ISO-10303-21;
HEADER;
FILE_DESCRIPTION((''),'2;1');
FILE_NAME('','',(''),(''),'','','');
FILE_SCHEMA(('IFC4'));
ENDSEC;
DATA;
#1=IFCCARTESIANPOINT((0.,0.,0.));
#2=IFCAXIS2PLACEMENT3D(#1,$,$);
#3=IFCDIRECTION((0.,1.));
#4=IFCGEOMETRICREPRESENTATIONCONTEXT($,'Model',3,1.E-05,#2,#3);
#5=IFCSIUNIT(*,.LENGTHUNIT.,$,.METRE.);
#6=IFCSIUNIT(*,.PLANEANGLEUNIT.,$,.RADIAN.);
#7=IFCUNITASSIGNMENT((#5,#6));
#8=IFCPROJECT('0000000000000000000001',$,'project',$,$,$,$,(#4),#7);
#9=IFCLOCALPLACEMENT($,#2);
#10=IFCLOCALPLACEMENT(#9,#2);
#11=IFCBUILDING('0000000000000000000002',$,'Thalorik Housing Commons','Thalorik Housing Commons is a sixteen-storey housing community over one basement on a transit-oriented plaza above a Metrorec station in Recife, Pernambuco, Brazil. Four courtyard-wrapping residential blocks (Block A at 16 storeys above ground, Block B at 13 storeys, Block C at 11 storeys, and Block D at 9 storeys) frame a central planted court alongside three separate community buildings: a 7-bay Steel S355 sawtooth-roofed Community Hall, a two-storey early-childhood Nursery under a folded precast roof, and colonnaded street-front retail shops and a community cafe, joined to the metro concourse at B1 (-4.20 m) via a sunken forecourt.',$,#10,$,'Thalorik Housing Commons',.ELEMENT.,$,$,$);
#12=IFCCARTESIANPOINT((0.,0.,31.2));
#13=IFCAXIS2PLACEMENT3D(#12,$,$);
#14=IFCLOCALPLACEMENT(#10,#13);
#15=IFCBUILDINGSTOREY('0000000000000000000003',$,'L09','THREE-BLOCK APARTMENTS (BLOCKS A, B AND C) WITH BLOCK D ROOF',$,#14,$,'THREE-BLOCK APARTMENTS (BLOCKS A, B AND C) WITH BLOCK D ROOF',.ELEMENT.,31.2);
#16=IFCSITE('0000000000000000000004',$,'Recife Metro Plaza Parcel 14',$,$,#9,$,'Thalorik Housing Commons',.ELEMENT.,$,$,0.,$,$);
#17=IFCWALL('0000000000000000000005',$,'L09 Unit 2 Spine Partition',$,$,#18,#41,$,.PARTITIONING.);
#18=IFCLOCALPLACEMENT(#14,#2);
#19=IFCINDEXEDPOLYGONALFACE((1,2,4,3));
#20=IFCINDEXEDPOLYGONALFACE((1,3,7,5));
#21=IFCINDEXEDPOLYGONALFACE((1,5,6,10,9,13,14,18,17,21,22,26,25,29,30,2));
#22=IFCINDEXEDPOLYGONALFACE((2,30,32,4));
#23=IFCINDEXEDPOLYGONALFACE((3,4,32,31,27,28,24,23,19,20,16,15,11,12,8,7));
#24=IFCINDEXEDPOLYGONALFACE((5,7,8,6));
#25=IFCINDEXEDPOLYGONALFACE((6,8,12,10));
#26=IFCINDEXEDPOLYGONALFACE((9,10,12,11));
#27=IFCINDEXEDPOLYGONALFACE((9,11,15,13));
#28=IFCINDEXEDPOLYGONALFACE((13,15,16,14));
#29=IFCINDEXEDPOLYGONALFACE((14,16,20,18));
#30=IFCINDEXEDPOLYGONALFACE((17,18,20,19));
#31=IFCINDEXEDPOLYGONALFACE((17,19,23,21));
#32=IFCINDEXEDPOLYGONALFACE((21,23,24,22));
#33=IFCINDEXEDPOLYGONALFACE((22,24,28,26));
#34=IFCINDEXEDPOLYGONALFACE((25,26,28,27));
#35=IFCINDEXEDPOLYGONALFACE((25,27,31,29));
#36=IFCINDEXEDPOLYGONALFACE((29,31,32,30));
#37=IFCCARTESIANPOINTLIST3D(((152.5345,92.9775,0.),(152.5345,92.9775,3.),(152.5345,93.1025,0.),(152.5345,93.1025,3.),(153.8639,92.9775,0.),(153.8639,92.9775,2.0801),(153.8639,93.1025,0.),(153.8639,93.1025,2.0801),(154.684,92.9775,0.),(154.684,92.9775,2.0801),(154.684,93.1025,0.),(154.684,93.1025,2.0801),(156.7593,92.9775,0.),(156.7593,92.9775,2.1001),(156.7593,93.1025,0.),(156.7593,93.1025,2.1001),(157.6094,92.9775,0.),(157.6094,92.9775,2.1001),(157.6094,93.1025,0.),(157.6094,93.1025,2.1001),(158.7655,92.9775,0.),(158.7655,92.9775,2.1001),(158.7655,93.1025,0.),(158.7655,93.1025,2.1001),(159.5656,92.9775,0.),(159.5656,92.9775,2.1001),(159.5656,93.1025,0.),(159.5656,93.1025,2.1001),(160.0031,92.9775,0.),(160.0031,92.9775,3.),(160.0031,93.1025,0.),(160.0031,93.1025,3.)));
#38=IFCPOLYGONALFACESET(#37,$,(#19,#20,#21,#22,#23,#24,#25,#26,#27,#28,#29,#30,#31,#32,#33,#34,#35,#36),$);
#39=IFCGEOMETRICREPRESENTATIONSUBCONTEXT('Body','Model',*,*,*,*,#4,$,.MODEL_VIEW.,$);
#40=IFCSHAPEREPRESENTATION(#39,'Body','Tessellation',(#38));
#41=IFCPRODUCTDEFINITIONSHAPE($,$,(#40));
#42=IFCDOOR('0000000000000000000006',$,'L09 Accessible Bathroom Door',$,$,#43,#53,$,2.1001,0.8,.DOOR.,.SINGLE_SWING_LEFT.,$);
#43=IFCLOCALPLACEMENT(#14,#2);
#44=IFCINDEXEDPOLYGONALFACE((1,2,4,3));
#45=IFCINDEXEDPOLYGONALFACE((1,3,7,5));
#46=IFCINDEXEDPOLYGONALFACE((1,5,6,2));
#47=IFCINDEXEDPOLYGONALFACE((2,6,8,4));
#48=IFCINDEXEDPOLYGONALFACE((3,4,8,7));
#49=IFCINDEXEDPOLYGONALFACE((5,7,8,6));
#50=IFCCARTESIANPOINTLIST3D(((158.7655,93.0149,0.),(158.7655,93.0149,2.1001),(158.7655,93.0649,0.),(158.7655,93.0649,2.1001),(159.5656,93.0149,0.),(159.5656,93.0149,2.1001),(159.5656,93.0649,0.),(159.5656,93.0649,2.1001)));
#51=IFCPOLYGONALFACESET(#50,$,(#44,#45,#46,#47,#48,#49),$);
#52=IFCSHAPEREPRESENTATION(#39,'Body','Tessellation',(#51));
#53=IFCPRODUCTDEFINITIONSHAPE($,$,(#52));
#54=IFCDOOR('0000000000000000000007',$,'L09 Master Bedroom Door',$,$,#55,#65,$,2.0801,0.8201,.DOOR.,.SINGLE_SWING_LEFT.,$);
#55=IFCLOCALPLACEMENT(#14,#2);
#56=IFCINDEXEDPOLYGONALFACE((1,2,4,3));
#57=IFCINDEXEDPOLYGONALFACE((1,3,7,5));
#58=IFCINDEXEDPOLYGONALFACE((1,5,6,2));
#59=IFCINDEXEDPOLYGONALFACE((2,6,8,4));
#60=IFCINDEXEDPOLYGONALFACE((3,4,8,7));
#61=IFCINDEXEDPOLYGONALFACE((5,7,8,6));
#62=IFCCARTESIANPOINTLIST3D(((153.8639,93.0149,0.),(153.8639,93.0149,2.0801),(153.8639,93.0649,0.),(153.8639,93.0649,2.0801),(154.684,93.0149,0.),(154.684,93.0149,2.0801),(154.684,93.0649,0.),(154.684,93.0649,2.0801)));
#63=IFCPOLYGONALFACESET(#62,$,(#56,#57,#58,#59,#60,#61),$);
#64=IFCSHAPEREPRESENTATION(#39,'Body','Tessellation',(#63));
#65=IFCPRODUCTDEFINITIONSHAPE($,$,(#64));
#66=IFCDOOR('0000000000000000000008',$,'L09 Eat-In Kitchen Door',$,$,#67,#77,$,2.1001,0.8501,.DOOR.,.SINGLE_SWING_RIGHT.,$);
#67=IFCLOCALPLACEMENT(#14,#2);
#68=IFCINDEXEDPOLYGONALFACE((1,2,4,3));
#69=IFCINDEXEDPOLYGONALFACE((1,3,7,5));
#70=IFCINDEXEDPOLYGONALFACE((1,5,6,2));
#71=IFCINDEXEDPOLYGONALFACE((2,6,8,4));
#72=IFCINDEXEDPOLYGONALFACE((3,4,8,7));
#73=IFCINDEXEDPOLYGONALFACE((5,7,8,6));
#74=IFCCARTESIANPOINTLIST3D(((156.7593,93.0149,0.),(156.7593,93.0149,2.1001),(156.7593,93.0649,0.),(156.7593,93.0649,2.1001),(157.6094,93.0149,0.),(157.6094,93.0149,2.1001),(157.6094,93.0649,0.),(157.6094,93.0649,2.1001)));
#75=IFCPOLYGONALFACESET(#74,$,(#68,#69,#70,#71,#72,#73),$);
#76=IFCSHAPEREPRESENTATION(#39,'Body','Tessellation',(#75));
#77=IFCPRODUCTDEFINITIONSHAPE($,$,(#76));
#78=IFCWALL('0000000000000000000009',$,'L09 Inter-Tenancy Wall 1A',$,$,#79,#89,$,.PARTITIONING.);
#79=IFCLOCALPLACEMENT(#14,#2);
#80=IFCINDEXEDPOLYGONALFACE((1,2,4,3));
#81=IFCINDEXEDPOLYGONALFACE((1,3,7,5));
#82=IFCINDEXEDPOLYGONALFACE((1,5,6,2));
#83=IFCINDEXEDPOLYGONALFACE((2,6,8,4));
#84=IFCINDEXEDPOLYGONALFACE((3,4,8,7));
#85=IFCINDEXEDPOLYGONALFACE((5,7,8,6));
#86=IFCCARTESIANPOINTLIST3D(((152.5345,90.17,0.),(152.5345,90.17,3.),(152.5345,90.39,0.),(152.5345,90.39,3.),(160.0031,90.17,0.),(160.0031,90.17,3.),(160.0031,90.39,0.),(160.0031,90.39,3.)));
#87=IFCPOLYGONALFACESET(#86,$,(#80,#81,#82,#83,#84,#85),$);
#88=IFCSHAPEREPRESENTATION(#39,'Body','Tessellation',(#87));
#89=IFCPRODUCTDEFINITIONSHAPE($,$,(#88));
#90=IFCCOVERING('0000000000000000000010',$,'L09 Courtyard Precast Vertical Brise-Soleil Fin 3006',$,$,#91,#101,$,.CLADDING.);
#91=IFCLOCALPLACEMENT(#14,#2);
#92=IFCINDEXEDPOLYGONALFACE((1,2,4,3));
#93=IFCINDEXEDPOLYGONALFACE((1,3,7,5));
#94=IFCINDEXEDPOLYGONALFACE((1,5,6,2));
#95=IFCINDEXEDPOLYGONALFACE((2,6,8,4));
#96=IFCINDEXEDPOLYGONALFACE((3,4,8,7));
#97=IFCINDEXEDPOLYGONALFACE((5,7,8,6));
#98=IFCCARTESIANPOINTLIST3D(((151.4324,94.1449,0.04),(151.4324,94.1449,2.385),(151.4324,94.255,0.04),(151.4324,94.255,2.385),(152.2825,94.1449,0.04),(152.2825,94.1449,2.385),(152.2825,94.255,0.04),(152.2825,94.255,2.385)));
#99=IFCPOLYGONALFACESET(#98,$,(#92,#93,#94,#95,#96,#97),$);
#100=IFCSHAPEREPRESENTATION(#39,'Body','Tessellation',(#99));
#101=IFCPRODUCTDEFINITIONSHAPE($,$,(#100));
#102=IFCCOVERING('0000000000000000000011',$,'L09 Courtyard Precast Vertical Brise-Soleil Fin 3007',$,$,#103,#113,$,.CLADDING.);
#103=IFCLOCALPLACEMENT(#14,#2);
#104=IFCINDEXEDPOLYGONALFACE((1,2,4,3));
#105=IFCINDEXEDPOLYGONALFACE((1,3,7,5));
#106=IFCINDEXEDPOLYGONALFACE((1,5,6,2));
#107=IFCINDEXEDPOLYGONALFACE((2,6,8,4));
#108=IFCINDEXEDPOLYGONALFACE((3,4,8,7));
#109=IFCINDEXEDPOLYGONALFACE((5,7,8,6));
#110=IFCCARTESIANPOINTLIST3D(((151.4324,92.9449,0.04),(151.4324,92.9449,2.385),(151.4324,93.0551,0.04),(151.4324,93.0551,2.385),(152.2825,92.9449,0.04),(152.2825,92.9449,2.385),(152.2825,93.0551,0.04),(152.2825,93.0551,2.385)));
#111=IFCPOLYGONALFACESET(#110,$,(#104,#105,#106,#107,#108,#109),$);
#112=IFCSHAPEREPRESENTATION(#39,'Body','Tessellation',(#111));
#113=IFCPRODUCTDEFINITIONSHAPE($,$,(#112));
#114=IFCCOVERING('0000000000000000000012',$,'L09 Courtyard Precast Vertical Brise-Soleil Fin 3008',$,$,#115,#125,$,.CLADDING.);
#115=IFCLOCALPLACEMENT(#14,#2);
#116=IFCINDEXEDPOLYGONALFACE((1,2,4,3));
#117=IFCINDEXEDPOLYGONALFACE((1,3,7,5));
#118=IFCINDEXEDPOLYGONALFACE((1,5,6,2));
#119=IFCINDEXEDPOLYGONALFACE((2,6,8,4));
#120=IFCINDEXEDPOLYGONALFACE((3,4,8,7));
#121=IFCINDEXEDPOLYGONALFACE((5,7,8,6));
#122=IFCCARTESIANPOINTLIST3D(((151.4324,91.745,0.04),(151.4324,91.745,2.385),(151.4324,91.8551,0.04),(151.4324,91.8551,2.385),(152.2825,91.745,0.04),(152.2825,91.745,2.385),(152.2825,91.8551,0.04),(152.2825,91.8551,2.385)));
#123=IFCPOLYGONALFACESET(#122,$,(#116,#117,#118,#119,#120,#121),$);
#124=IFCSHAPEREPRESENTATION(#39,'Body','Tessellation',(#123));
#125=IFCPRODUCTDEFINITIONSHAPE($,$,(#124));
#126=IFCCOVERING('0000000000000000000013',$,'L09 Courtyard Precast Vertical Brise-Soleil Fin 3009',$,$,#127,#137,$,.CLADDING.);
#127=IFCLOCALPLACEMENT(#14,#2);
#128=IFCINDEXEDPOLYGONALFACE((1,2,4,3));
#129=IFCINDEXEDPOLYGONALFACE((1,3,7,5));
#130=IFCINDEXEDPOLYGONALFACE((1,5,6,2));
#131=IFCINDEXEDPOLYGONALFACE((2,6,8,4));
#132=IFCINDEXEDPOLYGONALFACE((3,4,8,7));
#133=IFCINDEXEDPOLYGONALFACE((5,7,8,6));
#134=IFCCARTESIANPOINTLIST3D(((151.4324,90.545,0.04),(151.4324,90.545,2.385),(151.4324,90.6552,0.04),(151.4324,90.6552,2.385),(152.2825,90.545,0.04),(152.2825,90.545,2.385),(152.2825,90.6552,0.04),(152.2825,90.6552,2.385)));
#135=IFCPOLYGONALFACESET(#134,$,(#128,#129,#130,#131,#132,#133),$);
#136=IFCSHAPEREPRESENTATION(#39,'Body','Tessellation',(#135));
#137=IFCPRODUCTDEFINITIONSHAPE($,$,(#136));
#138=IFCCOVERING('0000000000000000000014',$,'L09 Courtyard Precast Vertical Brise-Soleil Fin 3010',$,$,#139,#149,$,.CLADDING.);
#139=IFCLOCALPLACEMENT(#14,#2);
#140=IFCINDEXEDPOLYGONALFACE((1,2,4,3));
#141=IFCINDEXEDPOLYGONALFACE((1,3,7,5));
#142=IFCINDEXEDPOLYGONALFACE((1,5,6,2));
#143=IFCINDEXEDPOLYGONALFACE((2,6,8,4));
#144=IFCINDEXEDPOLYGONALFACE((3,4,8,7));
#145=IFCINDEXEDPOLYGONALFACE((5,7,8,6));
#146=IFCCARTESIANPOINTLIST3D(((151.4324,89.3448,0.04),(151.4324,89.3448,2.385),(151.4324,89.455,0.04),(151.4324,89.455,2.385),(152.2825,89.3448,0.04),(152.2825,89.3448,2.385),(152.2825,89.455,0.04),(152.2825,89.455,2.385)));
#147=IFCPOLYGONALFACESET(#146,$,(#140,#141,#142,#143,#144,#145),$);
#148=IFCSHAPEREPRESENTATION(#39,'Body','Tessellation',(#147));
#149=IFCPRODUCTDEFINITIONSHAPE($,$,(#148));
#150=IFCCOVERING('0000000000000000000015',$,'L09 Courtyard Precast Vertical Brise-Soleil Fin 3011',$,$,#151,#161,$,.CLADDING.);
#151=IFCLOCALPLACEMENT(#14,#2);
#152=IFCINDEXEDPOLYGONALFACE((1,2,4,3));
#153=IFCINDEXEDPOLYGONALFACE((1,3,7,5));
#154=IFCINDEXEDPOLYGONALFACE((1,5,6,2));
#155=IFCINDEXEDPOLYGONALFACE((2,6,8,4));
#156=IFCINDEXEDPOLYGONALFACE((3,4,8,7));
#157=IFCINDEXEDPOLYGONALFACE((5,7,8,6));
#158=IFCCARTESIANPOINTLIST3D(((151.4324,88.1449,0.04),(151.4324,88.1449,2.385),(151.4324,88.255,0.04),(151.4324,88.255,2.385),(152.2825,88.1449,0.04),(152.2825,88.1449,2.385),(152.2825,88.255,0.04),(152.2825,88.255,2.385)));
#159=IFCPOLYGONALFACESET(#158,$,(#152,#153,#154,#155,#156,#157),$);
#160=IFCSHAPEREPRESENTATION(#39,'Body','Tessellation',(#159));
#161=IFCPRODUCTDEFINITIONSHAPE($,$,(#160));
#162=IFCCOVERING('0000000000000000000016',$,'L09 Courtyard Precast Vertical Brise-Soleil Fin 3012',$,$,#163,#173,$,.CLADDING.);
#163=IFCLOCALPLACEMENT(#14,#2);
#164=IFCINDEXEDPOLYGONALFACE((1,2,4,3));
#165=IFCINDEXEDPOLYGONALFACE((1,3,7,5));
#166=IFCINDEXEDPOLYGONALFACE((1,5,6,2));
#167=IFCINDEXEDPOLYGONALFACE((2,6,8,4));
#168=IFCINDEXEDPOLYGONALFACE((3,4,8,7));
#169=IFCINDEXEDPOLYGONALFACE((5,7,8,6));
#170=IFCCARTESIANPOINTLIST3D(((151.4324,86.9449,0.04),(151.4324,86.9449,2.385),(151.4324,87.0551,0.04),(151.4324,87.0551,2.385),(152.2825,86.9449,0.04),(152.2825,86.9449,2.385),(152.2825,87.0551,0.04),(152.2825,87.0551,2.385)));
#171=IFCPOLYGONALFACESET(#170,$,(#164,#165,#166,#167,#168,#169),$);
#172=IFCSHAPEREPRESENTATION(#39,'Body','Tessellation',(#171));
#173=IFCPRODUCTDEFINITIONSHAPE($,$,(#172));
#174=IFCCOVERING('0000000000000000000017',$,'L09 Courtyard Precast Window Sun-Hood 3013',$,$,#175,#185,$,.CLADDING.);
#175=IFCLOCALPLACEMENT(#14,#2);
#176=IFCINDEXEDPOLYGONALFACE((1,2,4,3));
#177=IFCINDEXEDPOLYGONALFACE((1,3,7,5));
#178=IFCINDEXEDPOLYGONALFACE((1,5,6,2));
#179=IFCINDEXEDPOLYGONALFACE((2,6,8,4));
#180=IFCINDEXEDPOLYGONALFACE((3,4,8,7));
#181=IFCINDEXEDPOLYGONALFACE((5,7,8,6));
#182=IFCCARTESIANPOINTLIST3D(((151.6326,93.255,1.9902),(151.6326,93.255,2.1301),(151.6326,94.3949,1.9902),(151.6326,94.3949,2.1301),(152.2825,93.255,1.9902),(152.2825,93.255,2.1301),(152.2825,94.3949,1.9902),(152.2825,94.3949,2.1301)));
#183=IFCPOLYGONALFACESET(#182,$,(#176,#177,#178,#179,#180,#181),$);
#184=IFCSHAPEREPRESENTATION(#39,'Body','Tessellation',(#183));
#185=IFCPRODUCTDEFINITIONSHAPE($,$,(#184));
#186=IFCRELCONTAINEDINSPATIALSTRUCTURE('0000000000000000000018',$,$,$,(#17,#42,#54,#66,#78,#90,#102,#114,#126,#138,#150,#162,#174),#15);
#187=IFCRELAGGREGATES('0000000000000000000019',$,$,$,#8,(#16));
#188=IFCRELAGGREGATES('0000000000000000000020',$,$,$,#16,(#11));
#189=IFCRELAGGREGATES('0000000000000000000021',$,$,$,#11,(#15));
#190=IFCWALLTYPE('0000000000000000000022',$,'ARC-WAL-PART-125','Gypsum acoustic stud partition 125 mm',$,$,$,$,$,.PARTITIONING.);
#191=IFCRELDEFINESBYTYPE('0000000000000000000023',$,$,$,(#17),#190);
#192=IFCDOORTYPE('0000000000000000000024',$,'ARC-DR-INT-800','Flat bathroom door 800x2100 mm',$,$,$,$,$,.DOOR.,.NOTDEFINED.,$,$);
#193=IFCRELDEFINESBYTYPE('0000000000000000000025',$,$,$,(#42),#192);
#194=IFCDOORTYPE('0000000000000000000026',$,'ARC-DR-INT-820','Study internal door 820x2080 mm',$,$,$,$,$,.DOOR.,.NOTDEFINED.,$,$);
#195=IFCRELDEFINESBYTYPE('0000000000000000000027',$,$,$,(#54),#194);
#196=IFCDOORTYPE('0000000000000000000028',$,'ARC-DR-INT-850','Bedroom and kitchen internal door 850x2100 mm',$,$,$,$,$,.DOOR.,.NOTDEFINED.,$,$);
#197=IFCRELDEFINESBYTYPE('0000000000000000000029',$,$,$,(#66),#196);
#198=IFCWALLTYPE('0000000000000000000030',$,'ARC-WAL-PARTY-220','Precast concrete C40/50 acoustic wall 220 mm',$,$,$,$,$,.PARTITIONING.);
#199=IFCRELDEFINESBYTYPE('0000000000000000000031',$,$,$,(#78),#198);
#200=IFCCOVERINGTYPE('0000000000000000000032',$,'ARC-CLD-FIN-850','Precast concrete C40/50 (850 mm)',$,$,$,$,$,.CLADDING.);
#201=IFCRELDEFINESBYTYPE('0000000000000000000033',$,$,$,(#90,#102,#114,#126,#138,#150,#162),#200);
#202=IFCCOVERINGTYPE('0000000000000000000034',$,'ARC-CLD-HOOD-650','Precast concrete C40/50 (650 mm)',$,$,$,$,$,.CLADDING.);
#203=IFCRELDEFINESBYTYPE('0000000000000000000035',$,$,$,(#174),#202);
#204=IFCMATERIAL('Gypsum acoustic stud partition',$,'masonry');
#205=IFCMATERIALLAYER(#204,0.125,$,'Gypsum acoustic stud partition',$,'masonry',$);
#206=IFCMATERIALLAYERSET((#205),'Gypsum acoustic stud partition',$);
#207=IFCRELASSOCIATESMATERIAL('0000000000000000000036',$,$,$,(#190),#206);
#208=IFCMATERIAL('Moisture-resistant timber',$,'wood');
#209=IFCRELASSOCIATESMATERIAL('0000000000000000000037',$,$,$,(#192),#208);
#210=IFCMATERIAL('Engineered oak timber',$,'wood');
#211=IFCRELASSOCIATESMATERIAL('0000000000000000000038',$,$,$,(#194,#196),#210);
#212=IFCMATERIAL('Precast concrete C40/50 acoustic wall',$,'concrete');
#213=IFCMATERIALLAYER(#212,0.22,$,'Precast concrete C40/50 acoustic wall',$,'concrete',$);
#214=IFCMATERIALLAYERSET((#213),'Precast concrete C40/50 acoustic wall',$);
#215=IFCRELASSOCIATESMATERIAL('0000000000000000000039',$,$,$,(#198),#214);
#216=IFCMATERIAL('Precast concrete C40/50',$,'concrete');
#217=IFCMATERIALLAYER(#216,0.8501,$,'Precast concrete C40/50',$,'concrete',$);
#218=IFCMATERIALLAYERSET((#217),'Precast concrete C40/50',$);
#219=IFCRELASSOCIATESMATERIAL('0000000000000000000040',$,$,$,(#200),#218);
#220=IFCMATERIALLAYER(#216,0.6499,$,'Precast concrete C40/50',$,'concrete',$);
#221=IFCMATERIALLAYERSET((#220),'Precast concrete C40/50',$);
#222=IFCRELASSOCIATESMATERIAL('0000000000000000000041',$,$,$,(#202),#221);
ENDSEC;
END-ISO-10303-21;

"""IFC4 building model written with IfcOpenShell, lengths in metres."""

from ifc_helpers import new_model, si_unit, direction, frame, frame_2d, origin, origin_2d, place, context, subcontext, project, spatial, rectangle, extrude, material, layer, layer_set, type_object, element, fill, save


model = new_model("IFC4")

# Units and contexts
model_context = context("Model", 3, precision=1e-05, world=origin(), true_north=direction((0.0, 1.0)))
body_context = subcontext(model_context, "Body", "Model", "MODEL_VIEW")
ifc_project = project(units=[si_unit("LENGTHUNIT", "METRE"), si_unit("PLANEANGLEUNIT", "RADIAN")], contexts=[model_context])

# Site, building, storey
site_placement = place(None, origin())
site = spatial("IfcSite", under=ifc_project, at=site_placement, Name="Recife Metro Plaza Parcel 14", LongName="Thalorik Housing Commons", CompositionType="ELEMENT", RefElevation=0.0)
building_placement = place(site_placement, origin())
building = spatial("IfcBuilding", under=site, at=building_placement, Name="Thalorik Housing Commons", Description="Thalorik Housing Commons is a sixteen-storey housing community over one basement on a transit-oriented plaza above a Metrorec station in Recife, Pernambuco, Brazil. Four courtyard-wrapping residential blocks (Block A at 16 storeys above ground, Block B at 13 storeys, Block C at 11 storeys, and Block D at 9 storeys) frame a central planted court alongside three separate community buildings: a 7-bay Steel S355 sawtooth-roofed Community Hall, a two-storey early-childhood Nursery under a folded precast roof, and colonnaded street-front retail shops and a community cafe, joined to the metro concourse at B1 (-4.20 m) via a sunken forecourt.", LongName="Thalorik Housing Commons", CompositionType="ELEMENT")
storey_placement = place(building_placement, frame((0.0, 0.0, 31.2)))
storey = spatial("IfcBuildingStorey", under=building, at=storey_placement, Name="L09", Description="THREE-BLOCK APARTMENTS (BLOCKS A, B AND C) WITH BLOCK D ROOF", LongName="THREE-BLOCK APARTMENTS (BLOCKS A, B AND C) WITH BLOCK D ROOF", CompositionType="ELEMENT", Elevation=31.2)

# Shared definitions
ifc_material_1 = material(Name="Precast concrete C40/50", Category="concrete")

# Wall, openings, doors
ifc_material_2 = material(Name="Gypsum acoustic stud partition", Category="masonry")
ifc_layer_1 = layer(ifc_material_2, 0.125, Name="Gypsum acoustic stud partition", Category="masonry")
ifc_layer_set_1 = layer_set([ifc_layer_1], Name="Gypsum acoustic stud partition")
wall_type_1 = type_object("IfcWallType", Name="ARC-WAL-PART-125", Description="Gypsum acoustic stud partition 125 mm", PredefinedType="PARTITIONING", material=ifc_layer_set_1)
wall_1_placement = place(storey_placement, frame((152.5344, 93.04, 0.0), z_axis=(0.0, 0.0, 1.0), x_axis=(1.0, 0.0, 0.0)))
wall_1 = element("IfcWall", 1, at=wall_1_placement, inside=storey, type_object=wall_type_1, Name="L09 Unit 2 Spine Partition", PredefinedType="PARTITIONING", context=body_context, shape_type="SweptSolid", body=[
    extrude(rectangle(XDim=7.4685, YDim=0.125, at=frame_2d((3.7344, 0.0))), origin(), (0.0, 0.0, 1.0), 3.0),
])
opening_1_placement = place(wall_1_placement, frame((1.3293, 0.0, 0.0)))
opening_1 = element("IfcOpeningElement", 2, at=opening_1_placement, cuts=wall_1, PredefinedType="OPENING", context=body_context, shape_type="SweptSolid", body=[
    extrude(rectangle(XDim=0.8201, YDim=2.0801, at=frame_2d((0.4102, 1.04))), frame((0.0, 0.0725, 0.0), z_axis=(0.0, -1.0, 0.0), x_axis=(1.0, 0.0, 0.0)), (0.0, 0.0, 1.0), 0.145),
])
opening_2_placement = place(wall_1_placement, frame((4.2249, 0.0, 0.0)))
opening_2 = element("IfcOpeningElement", 3, at=opening_2_placement, cuts=wall_1, PredefinedType="OPENING", context=body_context, shape_type="SweptSolid", body=[
    extrude(rectangle(XDim=0.8501, YDim=2.1001, at=frame_2d((0.425, 1.05))), frame((0.0, 0.0725, 0.0), z_axis=(0.0, -1.0, 0.0), x_axis=(1.0, 0.0, 0.0)), (0.0, 0.0, 1.0), 0.145),
])
opening_3_placement = place(wall_1_placement, frame((6.2312, 0.0, 0.0)))
opening_3 = element("IfcOpeningElement", 4, at=opening_3_placement, cuts=wall_1, PredefinedType="OPENING", context=body_context, shape_type="SweptSolid", body=[
    extrude(rectangle(XDim=0.8, YDim=2.1001, at=frame_2d((0.3999, 1.05))), frame((0.0, 0.0725, 0.0), z_axis=(0.0, -1.0, 0.0), x_axis=(1.0, 0.0, 0.0)), (0.0, 0.0, 1.0), 0.145),
])
ifc_material_3 = material(Name="Moisture-resistant timber", Category="wood")
door_type_1 = type_object("IfcDoorType", Name="ARC-DR-INT-800", Description="Flat bathroom door 800x2100 mm", OperationType="NOTDEFINED", PredefinedType="DOOR", material=ifc_material_3)
door_1_placement = place(opening_3_placement, origin())
door_1 = element("IfcDoor", 5, at=door_1_placement, inside=storey, type_object=door_type_1, Name="L09 Accessible Bathroom Door", OperationType="SINGLE_SWING_LEFT", OverallHeight=2.1001, OverallWidth=0.8, PredefinedType="DOOR", context=body_context, shape_type="SweptSolid", body=[
    extrude(rectangle(XDim=0.8, YDim=2.1001, at=frame_2d((0.3999, 1.05))), frame((0.0, 0.0249, 0.0), z_axis=(0.0, -1.0, 0.0), x_axis=(1.0, 0.0, 0.0)), (0.0, 0.0, 1.0), 0.05),
])
fill(opening_3, door_1)
ifc_material_4 = material(Name="Engineered oak timber", Category="wood")
door_type_2 = type_object("IfcDoorType", Name="ARC-DR-INT-820", Description="Study internal door 820x2080 mm", OperationType="NOTDEFINED", PredefinedType="DOOR", material=ifc_material_4)
door_2_placement = place(opening_1_placement, origin())
door_2 = element("IfcDoor", 6, at=door_2_placement, inside=storey, type_object=door_type_2, Name="L09 Master Bedroom Door", OperationType="SINGLE_SWING_LEFT", OverallHeight=2.0801, OverallWidth=0.8201, PredefinedType="DOOR", context=body_context, shape_type="SweptSolid", body=[
    extrude(rectangle(XDim=0.8201, YDim=2.0801, at=frame_2d((0.4102, 1.04))), frame((0.0, 0.0249, 0.0), z_axis=(0.0, -1.0, 0.0), x_axis=(1.0, 0.0, 0.0)), (0.0, 0.0, 1.0), 0.05),
])
fill(opening_1, door_2)
door_type_3 = type_object("IfcDoorType", Name="ARC-DR-INT-850", Description="Bedroom and kitchen internal door 850x2100 mm", OperationType="NOTDEFINED", PredefinedType="DOOR", material=ifc_material_4)
door_3_placement = place(opening_2_placement, origin())
door_3 = element("IfcDoor", 7, at=door_3_placement, inside=storey, type_object=door_type_3, Name="L09 Eat-In Kitchen Door", OperationType="SINGLE_SWING_RIGHT", OverallHeight=2.1001, OverallWidth=0.8501, PredefinedType="DOOR", context=body_context, shape_type="SweptSolid", body=[
    extrude(rectangle(XDim=0.8501, YDim=2.1001, at=frame_2d((0.425, 1.05))), frame((0.0, 0.0249, 0.0), z_axis=(0.0, -1.0, 0.0), x_axis=(1.0, 0.0, 0.0)), (0.0, 0.0, 1.0), 0.05),
])
fill(opening_2, door_3)

# Wall
ifc_material_5 = material(Name="Precast concrete C40/50 acoustic wall", Category="concrete")
ifc_layer_2 = layer(ifc_material_5, 0.22, Name="Precast concrete C40/50 acoustic wall", Category="concrete")
ifc_layer_set_2 = layer_set([ifc_layer_2], Name="Precast concrete C40/50 acoustic wall")
wall_type_2 = type_object("IfcWallType", Name="ARC-WAL-PARTY-220", Description="Precast concrete C40/50 acoustic wall 220 mm", PredefinedType="PARTITIONING", material=ifc_layer_set_2)
wall_2_placement = place(storey_placement, frame((152.5344, 90.28, 0.0), z_axis=(0.0, 0.0, 1.0), x_axis=(1.0, 0.0, 0.0)))
element("IfcWall", 8, at=wall_2_placement, inside=storey, type_object=wall_type_2, Name="L09 Inter-Tenancy Wall 1A", PredefinedType="PARTITIONING", context=body_context, shape_type="SweptSolid", body=[
    extrude(rectangle(XDim=7.4685, YDim=0.22, at=frame_2d((3.7344, 0.0))), origin(), (0.0, 0.0, 1.0), 3.0),
])

# Coverings
ifc_layer_3 = layer(ifc_material_1, 0.8501, Name="Precast concrete C40/50", Category="concrete")
ifc_layer_set_3 = layer_set([ifc_layer_3], Name="Precast concrete C40/50")
covering_type_1 = type_object("IfcCoveringType", Name="ARC-CLD-FIN-850", Description="Precast concrete C40/50 (850 mm)", PredefinedType="CLADDING", material=ifc_layer_set_3)
for number, where, z_axis, x_axis, name in (
    (9, (151.8574, 94.2, 0.04), (0.0, 0.0, 1.0), (0.0, -1.0, 0.0), "L09 Courtyard Precast Vertical Brise-Soleil Fin 3006"),
    (10, (151.8574, 93.0, 0.04), (0.0, 0.0, 1.0), (0.0, -1.0, 0.0), "L09 Courtyard Precast Vertical Brise-Soleil Fin 3007"),
    (11, (151.8574, 91.8, 0.04), (0.0, 0.0, 1.0), (0.0, -1.0, 0.0), "L09 Courtyard Precast Vertical Brise-Soleil Fin 3008"),
    (12, (151.8574, 90.6001, 0.04), (0.0, 0.0, 1.0), (0.0, -1.0, 0.0), "L09 Courtyard Precast Vertical Brise-Soleil Fin 3009"),
    (13, (151.8574, 89.3999, 0.04), (0.0, 0.0, 1.0), (0.0, -1.0, 0.0), "L09 Courtyard Precast Vertical Brise-Soleil Fin 3010"),
    (14, (151.8574, 88.2, 0.04), (0.0, 0.0, 1.0), (0.0, -1.0, 0.0), "L09 Courtyard Precast Vertical Brise-Soleil Fin 3011"),
    (15, (151.8574, 87.0, 0.04), (0.0, 0.0, 1.0), (0.0, -1.0, 0.0), "L09 Courtyard Precast Vertical Brise-Soleil Fin 3012"),
):
    element("IfcCovering", number, at=place(storey_placement, frame(where, z_axis=z_axis, x_axis=x_axis)), inside=storey, type_object=covering_type_1, Name=name, PredefinedType="CLADDING", context=body_context, shape_type="SweptSolid", body=[
        extrude(rectangle(XDim=0.1101, YDim=0.8501, at=origin_2d()), origin(), (0.0, 0.0, 1.0), 2.345),
    ])
ifc_layer_4 = layer(ifc_material_1, 0.6499, Name="Precast concrete C40/50", Category="concrete")
ifc_layer_set_4 = layer_set([ifc_layer_4], Name="Precast concrete C40/50")
covering_type_2 = type_object("IfcCoveringType", Name="ARC-CLD-HOOD-650", Description="Precast concrete C40/50 (650 mm)", PredefinedType="CLADDING", material=ifc_layer_set_4)
for number, where, z_axis, x_axis, name in (
    (16, (151.9575, 93.825, 1.9902), (0.0, 0.0, 1.0), (0.0, -1.0, 0.0), "L09 Courtyard Precast Window Sun-Hood 3013"),
):
    element("IfcCovering", number, at=place(storey_placement, frame(where, z_axis=z_axis, x_axis=x_axis)), inside=storey, type_object=covering_type_2, Name=name, PredefinedType="CLADDING", context=body_context, shape_type="SweptSolid", body=[
        extrude(rectangle(XDim=1.1399, YDim=0.6499, at=origin_2d()), origin(), (0.0, 0.0, 1.0), 0.1399),
    ])

save(model, "model.ifc")
